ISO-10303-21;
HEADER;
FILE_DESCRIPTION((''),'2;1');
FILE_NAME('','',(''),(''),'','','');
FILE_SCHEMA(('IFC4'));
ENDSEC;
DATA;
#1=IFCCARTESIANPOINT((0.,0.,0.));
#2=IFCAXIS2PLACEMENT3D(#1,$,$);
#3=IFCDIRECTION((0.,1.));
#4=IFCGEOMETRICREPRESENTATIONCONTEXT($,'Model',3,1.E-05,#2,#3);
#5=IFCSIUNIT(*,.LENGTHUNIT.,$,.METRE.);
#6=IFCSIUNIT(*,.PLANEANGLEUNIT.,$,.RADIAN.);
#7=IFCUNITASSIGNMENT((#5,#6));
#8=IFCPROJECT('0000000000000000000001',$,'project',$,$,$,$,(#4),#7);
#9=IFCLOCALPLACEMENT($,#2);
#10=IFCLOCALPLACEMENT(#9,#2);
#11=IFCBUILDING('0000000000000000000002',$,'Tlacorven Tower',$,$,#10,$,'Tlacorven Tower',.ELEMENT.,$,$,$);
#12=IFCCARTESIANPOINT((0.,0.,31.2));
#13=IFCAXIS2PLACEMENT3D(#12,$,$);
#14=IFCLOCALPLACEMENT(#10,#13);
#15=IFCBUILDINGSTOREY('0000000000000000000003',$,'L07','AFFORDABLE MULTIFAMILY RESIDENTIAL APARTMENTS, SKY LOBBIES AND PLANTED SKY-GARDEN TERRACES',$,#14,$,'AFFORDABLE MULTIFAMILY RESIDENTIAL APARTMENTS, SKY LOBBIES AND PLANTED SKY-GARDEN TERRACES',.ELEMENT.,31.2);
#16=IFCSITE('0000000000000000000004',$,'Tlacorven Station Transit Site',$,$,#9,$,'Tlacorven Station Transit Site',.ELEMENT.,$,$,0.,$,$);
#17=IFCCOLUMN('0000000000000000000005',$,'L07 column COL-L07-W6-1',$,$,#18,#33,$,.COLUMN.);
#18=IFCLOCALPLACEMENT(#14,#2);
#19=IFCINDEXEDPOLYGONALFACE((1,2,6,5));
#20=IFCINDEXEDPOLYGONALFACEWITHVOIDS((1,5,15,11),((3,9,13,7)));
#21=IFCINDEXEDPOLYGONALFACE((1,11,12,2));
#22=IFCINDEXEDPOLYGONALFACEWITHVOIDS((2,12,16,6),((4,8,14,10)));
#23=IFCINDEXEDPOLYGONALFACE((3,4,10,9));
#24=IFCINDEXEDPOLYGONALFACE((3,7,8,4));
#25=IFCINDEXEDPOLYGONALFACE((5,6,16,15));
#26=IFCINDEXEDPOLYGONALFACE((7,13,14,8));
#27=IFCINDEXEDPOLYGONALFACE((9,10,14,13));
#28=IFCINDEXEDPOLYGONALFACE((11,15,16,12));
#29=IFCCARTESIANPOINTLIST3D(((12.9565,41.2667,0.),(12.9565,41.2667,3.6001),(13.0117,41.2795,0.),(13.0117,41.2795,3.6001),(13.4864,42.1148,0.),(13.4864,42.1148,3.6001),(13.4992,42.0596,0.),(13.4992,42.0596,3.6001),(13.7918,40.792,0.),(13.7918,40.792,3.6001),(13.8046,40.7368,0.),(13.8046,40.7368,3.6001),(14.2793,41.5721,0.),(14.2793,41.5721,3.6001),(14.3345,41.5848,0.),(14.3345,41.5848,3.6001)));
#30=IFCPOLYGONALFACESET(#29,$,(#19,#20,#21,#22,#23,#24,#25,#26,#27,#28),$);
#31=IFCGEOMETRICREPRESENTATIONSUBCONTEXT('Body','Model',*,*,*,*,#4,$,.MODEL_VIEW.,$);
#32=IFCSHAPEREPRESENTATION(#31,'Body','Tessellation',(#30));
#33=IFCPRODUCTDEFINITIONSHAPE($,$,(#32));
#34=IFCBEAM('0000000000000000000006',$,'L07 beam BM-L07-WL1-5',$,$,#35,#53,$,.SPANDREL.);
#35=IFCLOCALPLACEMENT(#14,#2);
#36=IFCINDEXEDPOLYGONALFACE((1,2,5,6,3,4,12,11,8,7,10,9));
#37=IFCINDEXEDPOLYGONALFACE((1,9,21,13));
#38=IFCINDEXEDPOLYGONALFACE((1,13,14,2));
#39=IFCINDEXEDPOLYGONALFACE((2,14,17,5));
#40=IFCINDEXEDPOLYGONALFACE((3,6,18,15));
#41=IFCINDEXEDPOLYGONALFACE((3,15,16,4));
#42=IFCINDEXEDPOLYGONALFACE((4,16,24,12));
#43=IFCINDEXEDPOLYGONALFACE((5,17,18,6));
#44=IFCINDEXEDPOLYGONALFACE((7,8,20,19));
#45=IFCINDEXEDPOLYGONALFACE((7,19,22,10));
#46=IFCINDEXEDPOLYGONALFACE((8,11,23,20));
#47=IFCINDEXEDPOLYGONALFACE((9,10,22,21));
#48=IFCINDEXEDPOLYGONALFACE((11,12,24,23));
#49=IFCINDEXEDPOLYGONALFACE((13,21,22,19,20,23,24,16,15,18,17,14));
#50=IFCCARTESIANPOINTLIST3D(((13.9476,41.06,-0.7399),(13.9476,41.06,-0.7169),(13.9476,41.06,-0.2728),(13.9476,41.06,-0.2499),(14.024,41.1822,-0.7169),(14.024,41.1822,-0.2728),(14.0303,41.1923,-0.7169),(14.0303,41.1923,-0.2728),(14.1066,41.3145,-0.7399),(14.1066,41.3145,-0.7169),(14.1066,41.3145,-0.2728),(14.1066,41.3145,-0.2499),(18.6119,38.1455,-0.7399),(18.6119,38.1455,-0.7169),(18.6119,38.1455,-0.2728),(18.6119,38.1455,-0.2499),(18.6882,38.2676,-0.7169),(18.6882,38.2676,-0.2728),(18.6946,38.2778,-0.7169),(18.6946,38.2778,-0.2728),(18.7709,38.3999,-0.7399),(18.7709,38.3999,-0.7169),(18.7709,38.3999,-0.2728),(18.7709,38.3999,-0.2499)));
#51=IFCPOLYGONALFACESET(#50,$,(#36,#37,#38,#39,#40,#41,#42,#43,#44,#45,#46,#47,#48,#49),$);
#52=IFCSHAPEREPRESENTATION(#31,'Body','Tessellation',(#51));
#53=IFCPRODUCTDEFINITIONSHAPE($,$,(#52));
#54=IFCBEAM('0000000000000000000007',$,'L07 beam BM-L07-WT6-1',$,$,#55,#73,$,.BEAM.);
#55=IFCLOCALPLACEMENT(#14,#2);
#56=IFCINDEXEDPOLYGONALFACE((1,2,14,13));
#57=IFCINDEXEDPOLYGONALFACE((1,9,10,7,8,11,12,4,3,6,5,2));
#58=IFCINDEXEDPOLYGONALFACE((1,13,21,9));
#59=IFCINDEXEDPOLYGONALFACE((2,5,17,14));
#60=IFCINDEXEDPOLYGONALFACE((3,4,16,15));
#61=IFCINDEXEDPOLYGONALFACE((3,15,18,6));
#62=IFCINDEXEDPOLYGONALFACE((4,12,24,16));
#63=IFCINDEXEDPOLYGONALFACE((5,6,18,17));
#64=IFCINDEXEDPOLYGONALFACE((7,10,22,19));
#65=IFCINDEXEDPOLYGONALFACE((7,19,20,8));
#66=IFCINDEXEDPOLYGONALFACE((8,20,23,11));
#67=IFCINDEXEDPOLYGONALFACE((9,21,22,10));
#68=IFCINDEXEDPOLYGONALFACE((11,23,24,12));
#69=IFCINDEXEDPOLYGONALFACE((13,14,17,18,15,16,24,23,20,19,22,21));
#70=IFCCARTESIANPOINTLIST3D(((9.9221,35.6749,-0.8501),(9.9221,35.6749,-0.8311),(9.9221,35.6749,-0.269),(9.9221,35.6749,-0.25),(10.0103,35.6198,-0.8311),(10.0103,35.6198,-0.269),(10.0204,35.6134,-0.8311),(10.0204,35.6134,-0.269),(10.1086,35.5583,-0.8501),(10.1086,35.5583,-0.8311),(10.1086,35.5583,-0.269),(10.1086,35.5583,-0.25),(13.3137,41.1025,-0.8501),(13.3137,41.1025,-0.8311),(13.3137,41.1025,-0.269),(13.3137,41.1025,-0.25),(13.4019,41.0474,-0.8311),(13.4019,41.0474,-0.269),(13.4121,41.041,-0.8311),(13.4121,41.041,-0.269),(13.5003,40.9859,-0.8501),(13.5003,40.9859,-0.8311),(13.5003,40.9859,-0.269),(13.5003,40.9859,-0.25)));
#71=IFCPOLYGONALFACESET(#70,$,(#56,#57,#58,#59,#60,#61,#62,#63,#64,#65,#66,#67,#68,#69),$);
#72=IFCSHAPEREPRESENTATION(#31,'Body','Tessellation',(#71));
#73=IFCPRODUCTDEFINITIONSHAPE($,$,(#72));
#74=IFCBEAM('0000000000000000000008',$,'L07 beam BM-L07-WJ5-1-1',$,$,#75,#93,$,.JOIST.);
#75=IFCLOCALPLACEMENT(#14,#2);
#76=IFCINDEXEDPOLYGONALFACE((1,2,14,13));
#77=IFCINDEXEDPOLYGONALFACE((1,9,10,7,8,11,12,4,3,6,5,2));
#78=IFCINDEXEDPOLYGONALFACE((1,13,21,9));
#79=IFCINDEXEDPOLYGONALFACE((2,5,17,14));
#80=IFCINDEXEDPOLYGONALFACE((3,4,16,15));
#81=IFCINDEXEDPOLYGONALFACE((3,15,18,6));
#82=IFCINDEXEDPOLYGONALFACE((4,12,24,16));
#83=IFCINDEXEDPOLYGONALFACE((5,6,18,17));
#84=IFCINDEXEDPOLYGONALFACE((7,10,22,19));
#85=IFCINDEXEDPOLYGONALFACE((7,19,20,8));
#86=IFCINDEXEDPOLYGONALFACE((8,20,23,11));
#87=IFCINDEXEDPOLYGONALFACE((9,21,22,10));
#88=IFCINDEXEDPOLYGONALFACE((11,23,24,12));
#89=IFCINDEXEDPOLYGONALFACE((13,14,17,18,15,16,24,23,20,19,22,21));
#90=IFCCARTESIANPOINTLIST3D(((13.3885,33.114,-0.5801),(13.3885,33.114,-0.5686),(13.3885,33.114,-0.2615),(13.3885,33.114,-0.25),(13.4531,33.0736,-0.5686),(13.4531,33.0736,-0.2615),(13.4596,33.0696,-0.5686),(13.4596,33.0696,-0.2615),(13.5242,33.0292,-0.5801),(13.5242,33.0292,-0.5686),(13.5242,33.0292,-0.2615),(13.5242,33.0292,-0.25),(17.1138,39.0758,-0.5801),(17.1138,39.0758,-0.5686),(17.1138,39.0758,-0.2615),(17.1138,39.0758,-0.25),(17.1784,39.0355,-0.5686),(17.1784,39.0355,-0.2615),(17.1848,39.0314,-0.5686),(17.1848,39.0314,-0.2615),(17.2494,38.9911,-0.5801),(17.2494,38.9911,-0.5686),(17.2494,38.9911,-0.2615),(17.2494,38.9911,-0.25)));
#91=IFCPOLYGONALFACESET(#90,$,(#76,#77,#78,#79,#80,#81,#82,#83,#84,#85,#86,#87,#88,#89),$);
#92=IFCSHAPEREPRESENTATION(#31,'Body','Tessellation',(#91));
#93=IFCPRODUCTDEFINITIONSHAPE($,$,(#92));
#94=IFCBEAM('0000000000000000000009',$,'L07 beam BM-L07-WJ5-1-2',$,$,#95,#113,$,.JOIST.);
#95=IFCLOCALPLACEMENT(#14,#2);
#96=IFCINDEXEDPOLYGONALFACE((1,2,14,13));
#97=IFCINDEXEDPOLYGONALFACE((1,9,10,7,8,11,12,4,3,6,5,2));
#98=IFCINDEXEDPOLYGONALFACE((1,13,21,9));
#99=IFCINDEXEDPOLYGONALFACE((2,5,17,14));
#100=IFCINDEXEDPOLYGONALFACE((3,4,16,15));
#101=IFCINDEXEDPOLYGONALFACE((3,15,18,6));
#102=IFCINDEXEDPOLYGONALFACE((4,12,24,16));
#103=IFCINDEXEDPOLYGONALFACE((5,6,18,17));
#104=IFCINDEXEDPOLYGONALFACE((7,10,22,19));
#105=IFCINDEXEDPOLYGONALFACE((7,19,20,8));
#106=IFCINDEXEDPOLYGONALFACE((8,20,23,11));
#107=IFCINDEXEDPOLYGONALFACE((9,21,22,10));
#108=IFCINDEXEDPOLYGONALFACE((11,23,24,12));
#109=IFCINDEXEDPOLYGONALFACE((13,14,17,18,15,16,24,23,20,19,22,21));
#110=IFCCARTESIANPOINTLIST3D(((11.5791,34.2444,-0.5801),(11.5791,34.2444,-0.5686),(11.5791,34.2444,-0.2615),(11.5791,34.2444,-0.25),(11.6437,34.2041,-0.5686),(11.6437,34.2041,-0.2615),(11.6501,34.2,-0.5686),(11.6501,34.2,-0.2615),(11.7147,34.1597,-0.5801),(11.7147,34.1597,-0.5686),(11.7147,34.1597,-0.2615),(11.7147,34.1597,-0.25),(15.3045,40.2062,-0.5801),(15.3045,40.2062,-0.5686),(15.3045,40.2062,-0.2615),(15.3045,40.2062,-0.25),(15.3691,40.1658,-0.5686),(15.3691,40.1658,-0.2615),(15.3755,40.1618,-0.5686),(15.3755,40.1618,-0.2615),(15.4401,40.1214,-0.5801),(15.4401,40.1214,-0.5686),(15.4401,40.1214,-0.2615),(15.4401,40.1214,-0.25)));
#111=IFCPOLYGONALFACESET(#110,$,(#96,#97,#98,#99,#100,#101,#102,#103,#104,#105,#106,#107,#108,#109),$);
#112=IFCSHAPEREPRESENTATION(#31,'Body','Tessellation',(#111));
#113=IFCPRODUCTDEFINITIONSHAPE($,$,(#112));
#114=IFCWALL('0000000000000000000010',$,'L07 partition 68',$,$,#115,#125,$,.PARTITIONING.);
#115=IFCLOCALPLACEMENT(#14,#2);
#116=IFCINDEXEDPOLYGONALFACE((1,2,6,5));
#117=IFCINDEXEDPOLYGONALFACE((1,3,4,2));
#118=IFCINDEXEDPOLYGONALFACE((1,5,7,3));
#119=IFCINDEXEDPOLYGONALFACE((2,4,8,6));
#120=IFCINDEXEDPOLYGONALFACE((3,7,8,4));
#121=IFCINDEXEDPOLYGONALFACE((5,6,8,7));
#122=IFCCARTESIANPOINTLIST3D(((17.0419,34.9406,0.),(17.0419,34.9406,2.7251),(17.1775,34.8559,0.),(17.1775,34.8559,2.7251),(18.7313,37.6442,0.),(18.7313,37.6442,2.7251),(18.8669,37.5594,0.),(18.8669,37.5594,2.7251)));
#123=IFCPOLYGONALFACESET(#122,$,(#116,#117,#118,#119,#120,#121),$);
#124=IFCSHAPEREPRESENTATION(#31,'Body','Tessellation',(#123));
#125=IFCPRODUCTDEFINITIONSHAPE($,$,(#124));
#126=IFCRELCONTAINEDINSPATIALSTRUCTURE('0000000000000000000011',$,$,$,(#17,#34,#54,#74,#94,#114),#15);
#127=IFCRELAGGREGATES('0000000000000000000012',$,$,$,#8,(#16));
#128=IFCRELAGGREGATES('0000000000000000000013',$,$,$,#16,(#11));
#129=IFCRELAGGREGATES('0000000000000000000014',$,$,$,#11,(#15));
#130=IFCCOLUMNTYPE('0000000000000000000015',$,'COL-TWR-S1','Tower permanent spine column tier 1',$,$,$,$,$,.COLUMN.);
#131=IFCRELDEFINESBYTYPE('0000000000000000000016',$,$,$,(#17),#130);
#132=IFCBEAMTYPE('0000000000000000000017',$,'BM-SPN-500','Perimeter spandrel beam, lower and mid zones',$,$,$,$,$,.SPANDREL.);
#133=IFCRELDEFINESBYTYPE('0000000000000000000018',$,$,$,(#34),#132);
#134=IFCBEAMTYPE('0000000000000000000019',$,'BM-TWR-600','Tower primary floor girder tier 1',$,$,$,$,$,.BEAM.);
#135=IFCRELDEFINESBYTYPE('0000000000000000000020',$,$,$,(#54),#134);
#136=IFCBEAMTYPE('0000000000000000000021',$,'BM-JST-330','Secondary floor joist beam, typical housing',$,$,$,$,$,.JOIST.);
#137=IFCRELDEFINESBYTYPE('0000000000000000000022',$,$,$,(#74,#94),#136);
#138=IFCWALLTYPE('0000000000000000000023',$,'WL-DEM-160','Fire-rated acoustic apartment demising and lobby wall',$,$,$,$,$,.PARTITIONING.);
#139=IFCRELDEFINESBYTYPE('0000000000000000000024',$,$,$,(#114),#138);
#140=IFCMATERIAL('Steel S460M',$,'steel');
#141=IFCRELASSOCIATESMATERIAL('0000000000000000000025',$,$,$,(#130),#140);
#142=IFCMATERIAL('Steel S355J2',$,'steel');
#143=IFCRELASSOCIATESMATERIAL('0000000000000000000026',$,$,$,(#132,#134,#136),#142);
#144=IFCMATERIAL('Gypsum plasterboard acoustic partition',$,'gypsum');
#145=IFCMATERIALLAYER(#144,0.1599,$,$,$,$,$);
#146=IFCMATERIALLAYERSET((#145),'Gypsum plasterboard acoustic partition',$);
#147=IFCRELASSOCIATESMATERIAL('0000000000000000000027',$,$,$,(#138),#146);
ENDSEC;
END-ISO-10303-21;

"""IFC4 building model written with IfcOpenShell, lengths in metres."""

from ifc_helpers import new_model, si_unit, direction, frame, frame_2d, origin, origin_2d, place, context, subcontext, project, spatial, rectangle, hollow_rectangle, i_section, extrude, source, transform, mapped, material, layer, layer_set, material_profile, profile_set, type_object, element, save


model = new_model("IFC4")

# Units and contexts
model_context = context("Model", 3, precision=1e-05, world=origin(), true_north=direction((0.0, 1.0)))
body_context = subcontext(model_context, "Body", "Model", "MODEL_VIEW")
ifc_project = project(units=[si_unit("LENGTHUNIT", "METRE"), si_unit("PLANEANGLEUNIT", "RADIAN")], contexts=[model_context])

# Site, building, storey
site_placement = place(None, origin())
site = spatial("IfcSite", under=ifc_project, at=site_placement, Name="Tlacorven Station Transit Site", LongName="Tlacorven Station Transit Site", CompositionType="ELEMENT", RefElevation=0.0)
building_placement = place(site_placement, origin())
building = spatial("IfcBuilding", under=site, at=building_placement, Name="Tlacorven Tower", LongName="Tlacorven Tower", CompositionType="ELEMENT")
storey_placement = place(building_placement, frame((0.0, 0.0, 31.2)))
storey = spatial("IfcBuildingStorey", under=building, at=storey_placement, Name="L07", Description="AFFORDABLE MULTIFAMILY RESIDENTIAL APARTMENTS, SKY LOBBIES AND PLANTED SKY-GARDEN TERRACES", LongName="AFFORDABLE MULTIFAMILY RESIDENTIAL APARTMENTS, SKY LOBBIES AND PLANTED SKY-GARDEN TERRACES", CompositionType="ELEMENT", Elevation=31.2)

# Column
ifc_material_1 = material(Name="Steel S460M", Category="steel")
ifc_material_profile_1 = material_profile(ifc_material_1, hollow_rectangle(XDim=1.0, YDim=1.0, WallThickness=0.04, at=origin_2d()), Name="BOX 1000X1000X40")
ifc_profile_set_1 = profile_set([ifc_material_profile_1], Name="Steel S460M")
column_type = type_object("IfcColumnType", Name="COL-TWR-S1", Description="Tower permanent spine column tier 1", PredefinedType="COLUMN", material=ifc_profile_set_1)
shared_shape_1 = source(origin(), body_context, "Body", "SweptSolid", [
    extrude(hollow_rectangle(XDim=1.0, YDim=1.0, WallThickness=0.04, at=origin_2d()), origin(), (0.0, 0.0, 1.0), 3.6001),
])
column_placement = place(storey_placement, frame((13.6455, 41.4258, 0.0), z_axis=(0.0, 0.0, 1.0), x_axis=(-0.848048, 0.529919, 0.0)))
element("IfcColumn", 1, at=column_placement, inside=storey, type_object=column_type, Name="L07 column COL-L07-W6-1", PredefinedType="COLUMN", context=body_context, shape_type="MappedRepresentation", body=[
    mapped(shared_shape_1, transform((0.0, 0.0, 0.0), scale=1.0)),
])

# Beams
ifc_material_2 = material(Name="Steel S355J2", Category="steel")
ifc_material_profile_2 = material_profile(ifc_material_2, i_section(OverallWidth=0.3, OverallDepth=0.49, WebThickness=0.012, FlangeThickness=0.0229, at=origin_2d()), Name="HEA 500")
ifc_profile_set_2 = profile_set([ifc_material_profile_2], Name="Steel S355J2")
beam_type_1 = type_object("IfcBeamType", Name="BM-SPN-500", Description="Perimeter spandrel beam, lower and mid zones", PredefinedType="SPANDREL", material=ifc_profile_set_2)
shared_shape_2 = source(origin(), body_context, "Body", "SweptSolid", [
    extrude(i_section(OverallWidth=0.3, OverallDepth=0.49, WebThickness=0.012, FlangeThickness=0.0229, at=origin_2d()), origin(), (0.0, 0.0, 1.0), 5.5),
])
beam_1_placement = place(storey_placement, frame((18.6914, 38.2727, -0.4949), z_axis=(-0.848051, 0.529915, 0.0), x_axis=(-0.529915, -0.848051, 0.0)))
element("IfcBeam", 2, at=beam_1_placement, inside=storey, type_object=beam_type_1, Name="L07 beam BM-L07-WL1-5", PredefinedType="SPANDREL", context=body_context, shape_type="MappedRepresentation", body=[
    mapped(shared_shape_2, transform((0.0, 0.0, 0.0), scale=1.0)),
])
ifc_material_profile_3 = material_profile(ifc_material_2, i_section(OverallWidth=0.22, OverallDepth=0.6001, WebThickness=0.012, FlangeThickness=0.019, at=origin_2d()), Name="IPE 600")
ifc_profile_set_3 = profile_set([ifc_material_profile_3], Name="Steel S355J2")
beam_type_2 = type_object("IfcBeamType", Name="BM-TWR-600", Description="Tower primary floor girder tier 1", PredefinedType="BEAM", material=ifc_profile_set_3)
shared_shape_3 = source(origin(), body_context, "Body", "SweptSolid", [
    extrude(i_section(OverallWidth=0.22, OverallDepth=0.6001, WebThickness=0.012, FlangeThickness=0.019, at=origin_2d()), origin(), (0.0, 0.0, 1.0), 6.4001),
])
beam_2_placement = place(storey_placement, frame((13.407, 41.0442, -0.55), z_axis=(-0.529934, -0.848039, 0.0), x_axis=(0.848039, -0.529934, 0.0)))
element("IfcBeam", 3, at=beam_2_placement, inside=storey, type_object=beam_type_2, Name="L07 beam BM-L07-WT6-1", PredefinedType="BEAM", context=body_context, shape_type="MappedRepresentation", body=[
    mapped(shared_shape_3, transform((0.0, 0.0, 0.0), scale=1.0)),
])
ifc_material_profile_4 = material_profile(ifc_material_2, i_section(OverallWidth=0.1599, OverallDepth=0.3301, WebThickness=0.0076, FlangeThickness=0.0115, at=origin_2d()), Name="IPE 330")
ifc_profile_set_4 = profile_set([ifc_material_profile_4], Name="Steel S355J2")
beam_type_3 = type_object("IfcBeamType", Name="BM-JST-330", Description="Secondary floor joist beam, typical housing", PredefinedType="JOIST", material=ifc_profile_set_4)
shared_shape_4 = source(origin(), body_context, "Body", "SweptSolid", [
    extrude(i_section(OverallWidth=0.1599, OverallDepth=0.3301, WebThickness=0.0076, FlangeThickness=0.0115, at=origin_2d()), origin(), (0.0, 0.0, 1.0), 7.03),
])
for number, where, z_axis, x_axis, name in (
    (4, (17.1816, 39.0334, -0.415), (-0.529912, -0.848053, 0.0), (0.848053, -0.529912, 0.0), "L07 beam BM-L07-WJ5-1-1"),
    (5, (15.3723, 40.1638, -0.415), (-0.529927, -0.848043, 0.0), (0.848043, -0.529927, 0.0), "L07 beam BM-L07-WJ5-1-2"),
):
    element("IfcBeam", number, at=place(storey_placement, frame(where, z_axis=z_axis, x_axis=x_axis)), inside=storey, type_object=beam_type_3, Name=name, PredefinedType="JOIST", context=body_context, shape_type="MappedRepresentation", body=[
        mapped(shared_shape_4, transform((0.0, 0.0, 0.0), scale=1.0)),
    ])

# Wall
ifc_material_3 = material(Name="Gypsum plasterboard acoustic partition", Category="gypsum")
ifc_layer_1 = layer(ifc_material_3, 0.1599)
ifc_layer_set_1 = layer_set([ifc_layer_1], Name="Gypsum plasterboard acoustic partition")
wall_type_1 = type_object("IfcWallType", Name="WL-DEM-160", Description="Fire-rated acoustic apartment demising and lobby wall", PredefinedType="PARTITIONING", material=ifc_layer_set_1)
wall_1_placement = place(storey_placement, frame((18.7991, 37.6018, 0.0), z_axis=(0.0, 0.0, 1.0), x_axis=(-0.52993, -0.848041, 0.0)))
element("IfcWall", 6, at=wall_1_placement, inside=storey, type_object=wall_type_1, Name="L07 partition 68", PredefinedType="PARTITIONING", context=body_context, shape_type="SweptSolid", body=[
    extrude(rectangle(XDim=3.188, YDim=0.1599, at=frame_2d((1.594, 0.0))), origin(), (0.0, 0.0, 1.0), 2.7251),
])

save(model, "model.ifc")
